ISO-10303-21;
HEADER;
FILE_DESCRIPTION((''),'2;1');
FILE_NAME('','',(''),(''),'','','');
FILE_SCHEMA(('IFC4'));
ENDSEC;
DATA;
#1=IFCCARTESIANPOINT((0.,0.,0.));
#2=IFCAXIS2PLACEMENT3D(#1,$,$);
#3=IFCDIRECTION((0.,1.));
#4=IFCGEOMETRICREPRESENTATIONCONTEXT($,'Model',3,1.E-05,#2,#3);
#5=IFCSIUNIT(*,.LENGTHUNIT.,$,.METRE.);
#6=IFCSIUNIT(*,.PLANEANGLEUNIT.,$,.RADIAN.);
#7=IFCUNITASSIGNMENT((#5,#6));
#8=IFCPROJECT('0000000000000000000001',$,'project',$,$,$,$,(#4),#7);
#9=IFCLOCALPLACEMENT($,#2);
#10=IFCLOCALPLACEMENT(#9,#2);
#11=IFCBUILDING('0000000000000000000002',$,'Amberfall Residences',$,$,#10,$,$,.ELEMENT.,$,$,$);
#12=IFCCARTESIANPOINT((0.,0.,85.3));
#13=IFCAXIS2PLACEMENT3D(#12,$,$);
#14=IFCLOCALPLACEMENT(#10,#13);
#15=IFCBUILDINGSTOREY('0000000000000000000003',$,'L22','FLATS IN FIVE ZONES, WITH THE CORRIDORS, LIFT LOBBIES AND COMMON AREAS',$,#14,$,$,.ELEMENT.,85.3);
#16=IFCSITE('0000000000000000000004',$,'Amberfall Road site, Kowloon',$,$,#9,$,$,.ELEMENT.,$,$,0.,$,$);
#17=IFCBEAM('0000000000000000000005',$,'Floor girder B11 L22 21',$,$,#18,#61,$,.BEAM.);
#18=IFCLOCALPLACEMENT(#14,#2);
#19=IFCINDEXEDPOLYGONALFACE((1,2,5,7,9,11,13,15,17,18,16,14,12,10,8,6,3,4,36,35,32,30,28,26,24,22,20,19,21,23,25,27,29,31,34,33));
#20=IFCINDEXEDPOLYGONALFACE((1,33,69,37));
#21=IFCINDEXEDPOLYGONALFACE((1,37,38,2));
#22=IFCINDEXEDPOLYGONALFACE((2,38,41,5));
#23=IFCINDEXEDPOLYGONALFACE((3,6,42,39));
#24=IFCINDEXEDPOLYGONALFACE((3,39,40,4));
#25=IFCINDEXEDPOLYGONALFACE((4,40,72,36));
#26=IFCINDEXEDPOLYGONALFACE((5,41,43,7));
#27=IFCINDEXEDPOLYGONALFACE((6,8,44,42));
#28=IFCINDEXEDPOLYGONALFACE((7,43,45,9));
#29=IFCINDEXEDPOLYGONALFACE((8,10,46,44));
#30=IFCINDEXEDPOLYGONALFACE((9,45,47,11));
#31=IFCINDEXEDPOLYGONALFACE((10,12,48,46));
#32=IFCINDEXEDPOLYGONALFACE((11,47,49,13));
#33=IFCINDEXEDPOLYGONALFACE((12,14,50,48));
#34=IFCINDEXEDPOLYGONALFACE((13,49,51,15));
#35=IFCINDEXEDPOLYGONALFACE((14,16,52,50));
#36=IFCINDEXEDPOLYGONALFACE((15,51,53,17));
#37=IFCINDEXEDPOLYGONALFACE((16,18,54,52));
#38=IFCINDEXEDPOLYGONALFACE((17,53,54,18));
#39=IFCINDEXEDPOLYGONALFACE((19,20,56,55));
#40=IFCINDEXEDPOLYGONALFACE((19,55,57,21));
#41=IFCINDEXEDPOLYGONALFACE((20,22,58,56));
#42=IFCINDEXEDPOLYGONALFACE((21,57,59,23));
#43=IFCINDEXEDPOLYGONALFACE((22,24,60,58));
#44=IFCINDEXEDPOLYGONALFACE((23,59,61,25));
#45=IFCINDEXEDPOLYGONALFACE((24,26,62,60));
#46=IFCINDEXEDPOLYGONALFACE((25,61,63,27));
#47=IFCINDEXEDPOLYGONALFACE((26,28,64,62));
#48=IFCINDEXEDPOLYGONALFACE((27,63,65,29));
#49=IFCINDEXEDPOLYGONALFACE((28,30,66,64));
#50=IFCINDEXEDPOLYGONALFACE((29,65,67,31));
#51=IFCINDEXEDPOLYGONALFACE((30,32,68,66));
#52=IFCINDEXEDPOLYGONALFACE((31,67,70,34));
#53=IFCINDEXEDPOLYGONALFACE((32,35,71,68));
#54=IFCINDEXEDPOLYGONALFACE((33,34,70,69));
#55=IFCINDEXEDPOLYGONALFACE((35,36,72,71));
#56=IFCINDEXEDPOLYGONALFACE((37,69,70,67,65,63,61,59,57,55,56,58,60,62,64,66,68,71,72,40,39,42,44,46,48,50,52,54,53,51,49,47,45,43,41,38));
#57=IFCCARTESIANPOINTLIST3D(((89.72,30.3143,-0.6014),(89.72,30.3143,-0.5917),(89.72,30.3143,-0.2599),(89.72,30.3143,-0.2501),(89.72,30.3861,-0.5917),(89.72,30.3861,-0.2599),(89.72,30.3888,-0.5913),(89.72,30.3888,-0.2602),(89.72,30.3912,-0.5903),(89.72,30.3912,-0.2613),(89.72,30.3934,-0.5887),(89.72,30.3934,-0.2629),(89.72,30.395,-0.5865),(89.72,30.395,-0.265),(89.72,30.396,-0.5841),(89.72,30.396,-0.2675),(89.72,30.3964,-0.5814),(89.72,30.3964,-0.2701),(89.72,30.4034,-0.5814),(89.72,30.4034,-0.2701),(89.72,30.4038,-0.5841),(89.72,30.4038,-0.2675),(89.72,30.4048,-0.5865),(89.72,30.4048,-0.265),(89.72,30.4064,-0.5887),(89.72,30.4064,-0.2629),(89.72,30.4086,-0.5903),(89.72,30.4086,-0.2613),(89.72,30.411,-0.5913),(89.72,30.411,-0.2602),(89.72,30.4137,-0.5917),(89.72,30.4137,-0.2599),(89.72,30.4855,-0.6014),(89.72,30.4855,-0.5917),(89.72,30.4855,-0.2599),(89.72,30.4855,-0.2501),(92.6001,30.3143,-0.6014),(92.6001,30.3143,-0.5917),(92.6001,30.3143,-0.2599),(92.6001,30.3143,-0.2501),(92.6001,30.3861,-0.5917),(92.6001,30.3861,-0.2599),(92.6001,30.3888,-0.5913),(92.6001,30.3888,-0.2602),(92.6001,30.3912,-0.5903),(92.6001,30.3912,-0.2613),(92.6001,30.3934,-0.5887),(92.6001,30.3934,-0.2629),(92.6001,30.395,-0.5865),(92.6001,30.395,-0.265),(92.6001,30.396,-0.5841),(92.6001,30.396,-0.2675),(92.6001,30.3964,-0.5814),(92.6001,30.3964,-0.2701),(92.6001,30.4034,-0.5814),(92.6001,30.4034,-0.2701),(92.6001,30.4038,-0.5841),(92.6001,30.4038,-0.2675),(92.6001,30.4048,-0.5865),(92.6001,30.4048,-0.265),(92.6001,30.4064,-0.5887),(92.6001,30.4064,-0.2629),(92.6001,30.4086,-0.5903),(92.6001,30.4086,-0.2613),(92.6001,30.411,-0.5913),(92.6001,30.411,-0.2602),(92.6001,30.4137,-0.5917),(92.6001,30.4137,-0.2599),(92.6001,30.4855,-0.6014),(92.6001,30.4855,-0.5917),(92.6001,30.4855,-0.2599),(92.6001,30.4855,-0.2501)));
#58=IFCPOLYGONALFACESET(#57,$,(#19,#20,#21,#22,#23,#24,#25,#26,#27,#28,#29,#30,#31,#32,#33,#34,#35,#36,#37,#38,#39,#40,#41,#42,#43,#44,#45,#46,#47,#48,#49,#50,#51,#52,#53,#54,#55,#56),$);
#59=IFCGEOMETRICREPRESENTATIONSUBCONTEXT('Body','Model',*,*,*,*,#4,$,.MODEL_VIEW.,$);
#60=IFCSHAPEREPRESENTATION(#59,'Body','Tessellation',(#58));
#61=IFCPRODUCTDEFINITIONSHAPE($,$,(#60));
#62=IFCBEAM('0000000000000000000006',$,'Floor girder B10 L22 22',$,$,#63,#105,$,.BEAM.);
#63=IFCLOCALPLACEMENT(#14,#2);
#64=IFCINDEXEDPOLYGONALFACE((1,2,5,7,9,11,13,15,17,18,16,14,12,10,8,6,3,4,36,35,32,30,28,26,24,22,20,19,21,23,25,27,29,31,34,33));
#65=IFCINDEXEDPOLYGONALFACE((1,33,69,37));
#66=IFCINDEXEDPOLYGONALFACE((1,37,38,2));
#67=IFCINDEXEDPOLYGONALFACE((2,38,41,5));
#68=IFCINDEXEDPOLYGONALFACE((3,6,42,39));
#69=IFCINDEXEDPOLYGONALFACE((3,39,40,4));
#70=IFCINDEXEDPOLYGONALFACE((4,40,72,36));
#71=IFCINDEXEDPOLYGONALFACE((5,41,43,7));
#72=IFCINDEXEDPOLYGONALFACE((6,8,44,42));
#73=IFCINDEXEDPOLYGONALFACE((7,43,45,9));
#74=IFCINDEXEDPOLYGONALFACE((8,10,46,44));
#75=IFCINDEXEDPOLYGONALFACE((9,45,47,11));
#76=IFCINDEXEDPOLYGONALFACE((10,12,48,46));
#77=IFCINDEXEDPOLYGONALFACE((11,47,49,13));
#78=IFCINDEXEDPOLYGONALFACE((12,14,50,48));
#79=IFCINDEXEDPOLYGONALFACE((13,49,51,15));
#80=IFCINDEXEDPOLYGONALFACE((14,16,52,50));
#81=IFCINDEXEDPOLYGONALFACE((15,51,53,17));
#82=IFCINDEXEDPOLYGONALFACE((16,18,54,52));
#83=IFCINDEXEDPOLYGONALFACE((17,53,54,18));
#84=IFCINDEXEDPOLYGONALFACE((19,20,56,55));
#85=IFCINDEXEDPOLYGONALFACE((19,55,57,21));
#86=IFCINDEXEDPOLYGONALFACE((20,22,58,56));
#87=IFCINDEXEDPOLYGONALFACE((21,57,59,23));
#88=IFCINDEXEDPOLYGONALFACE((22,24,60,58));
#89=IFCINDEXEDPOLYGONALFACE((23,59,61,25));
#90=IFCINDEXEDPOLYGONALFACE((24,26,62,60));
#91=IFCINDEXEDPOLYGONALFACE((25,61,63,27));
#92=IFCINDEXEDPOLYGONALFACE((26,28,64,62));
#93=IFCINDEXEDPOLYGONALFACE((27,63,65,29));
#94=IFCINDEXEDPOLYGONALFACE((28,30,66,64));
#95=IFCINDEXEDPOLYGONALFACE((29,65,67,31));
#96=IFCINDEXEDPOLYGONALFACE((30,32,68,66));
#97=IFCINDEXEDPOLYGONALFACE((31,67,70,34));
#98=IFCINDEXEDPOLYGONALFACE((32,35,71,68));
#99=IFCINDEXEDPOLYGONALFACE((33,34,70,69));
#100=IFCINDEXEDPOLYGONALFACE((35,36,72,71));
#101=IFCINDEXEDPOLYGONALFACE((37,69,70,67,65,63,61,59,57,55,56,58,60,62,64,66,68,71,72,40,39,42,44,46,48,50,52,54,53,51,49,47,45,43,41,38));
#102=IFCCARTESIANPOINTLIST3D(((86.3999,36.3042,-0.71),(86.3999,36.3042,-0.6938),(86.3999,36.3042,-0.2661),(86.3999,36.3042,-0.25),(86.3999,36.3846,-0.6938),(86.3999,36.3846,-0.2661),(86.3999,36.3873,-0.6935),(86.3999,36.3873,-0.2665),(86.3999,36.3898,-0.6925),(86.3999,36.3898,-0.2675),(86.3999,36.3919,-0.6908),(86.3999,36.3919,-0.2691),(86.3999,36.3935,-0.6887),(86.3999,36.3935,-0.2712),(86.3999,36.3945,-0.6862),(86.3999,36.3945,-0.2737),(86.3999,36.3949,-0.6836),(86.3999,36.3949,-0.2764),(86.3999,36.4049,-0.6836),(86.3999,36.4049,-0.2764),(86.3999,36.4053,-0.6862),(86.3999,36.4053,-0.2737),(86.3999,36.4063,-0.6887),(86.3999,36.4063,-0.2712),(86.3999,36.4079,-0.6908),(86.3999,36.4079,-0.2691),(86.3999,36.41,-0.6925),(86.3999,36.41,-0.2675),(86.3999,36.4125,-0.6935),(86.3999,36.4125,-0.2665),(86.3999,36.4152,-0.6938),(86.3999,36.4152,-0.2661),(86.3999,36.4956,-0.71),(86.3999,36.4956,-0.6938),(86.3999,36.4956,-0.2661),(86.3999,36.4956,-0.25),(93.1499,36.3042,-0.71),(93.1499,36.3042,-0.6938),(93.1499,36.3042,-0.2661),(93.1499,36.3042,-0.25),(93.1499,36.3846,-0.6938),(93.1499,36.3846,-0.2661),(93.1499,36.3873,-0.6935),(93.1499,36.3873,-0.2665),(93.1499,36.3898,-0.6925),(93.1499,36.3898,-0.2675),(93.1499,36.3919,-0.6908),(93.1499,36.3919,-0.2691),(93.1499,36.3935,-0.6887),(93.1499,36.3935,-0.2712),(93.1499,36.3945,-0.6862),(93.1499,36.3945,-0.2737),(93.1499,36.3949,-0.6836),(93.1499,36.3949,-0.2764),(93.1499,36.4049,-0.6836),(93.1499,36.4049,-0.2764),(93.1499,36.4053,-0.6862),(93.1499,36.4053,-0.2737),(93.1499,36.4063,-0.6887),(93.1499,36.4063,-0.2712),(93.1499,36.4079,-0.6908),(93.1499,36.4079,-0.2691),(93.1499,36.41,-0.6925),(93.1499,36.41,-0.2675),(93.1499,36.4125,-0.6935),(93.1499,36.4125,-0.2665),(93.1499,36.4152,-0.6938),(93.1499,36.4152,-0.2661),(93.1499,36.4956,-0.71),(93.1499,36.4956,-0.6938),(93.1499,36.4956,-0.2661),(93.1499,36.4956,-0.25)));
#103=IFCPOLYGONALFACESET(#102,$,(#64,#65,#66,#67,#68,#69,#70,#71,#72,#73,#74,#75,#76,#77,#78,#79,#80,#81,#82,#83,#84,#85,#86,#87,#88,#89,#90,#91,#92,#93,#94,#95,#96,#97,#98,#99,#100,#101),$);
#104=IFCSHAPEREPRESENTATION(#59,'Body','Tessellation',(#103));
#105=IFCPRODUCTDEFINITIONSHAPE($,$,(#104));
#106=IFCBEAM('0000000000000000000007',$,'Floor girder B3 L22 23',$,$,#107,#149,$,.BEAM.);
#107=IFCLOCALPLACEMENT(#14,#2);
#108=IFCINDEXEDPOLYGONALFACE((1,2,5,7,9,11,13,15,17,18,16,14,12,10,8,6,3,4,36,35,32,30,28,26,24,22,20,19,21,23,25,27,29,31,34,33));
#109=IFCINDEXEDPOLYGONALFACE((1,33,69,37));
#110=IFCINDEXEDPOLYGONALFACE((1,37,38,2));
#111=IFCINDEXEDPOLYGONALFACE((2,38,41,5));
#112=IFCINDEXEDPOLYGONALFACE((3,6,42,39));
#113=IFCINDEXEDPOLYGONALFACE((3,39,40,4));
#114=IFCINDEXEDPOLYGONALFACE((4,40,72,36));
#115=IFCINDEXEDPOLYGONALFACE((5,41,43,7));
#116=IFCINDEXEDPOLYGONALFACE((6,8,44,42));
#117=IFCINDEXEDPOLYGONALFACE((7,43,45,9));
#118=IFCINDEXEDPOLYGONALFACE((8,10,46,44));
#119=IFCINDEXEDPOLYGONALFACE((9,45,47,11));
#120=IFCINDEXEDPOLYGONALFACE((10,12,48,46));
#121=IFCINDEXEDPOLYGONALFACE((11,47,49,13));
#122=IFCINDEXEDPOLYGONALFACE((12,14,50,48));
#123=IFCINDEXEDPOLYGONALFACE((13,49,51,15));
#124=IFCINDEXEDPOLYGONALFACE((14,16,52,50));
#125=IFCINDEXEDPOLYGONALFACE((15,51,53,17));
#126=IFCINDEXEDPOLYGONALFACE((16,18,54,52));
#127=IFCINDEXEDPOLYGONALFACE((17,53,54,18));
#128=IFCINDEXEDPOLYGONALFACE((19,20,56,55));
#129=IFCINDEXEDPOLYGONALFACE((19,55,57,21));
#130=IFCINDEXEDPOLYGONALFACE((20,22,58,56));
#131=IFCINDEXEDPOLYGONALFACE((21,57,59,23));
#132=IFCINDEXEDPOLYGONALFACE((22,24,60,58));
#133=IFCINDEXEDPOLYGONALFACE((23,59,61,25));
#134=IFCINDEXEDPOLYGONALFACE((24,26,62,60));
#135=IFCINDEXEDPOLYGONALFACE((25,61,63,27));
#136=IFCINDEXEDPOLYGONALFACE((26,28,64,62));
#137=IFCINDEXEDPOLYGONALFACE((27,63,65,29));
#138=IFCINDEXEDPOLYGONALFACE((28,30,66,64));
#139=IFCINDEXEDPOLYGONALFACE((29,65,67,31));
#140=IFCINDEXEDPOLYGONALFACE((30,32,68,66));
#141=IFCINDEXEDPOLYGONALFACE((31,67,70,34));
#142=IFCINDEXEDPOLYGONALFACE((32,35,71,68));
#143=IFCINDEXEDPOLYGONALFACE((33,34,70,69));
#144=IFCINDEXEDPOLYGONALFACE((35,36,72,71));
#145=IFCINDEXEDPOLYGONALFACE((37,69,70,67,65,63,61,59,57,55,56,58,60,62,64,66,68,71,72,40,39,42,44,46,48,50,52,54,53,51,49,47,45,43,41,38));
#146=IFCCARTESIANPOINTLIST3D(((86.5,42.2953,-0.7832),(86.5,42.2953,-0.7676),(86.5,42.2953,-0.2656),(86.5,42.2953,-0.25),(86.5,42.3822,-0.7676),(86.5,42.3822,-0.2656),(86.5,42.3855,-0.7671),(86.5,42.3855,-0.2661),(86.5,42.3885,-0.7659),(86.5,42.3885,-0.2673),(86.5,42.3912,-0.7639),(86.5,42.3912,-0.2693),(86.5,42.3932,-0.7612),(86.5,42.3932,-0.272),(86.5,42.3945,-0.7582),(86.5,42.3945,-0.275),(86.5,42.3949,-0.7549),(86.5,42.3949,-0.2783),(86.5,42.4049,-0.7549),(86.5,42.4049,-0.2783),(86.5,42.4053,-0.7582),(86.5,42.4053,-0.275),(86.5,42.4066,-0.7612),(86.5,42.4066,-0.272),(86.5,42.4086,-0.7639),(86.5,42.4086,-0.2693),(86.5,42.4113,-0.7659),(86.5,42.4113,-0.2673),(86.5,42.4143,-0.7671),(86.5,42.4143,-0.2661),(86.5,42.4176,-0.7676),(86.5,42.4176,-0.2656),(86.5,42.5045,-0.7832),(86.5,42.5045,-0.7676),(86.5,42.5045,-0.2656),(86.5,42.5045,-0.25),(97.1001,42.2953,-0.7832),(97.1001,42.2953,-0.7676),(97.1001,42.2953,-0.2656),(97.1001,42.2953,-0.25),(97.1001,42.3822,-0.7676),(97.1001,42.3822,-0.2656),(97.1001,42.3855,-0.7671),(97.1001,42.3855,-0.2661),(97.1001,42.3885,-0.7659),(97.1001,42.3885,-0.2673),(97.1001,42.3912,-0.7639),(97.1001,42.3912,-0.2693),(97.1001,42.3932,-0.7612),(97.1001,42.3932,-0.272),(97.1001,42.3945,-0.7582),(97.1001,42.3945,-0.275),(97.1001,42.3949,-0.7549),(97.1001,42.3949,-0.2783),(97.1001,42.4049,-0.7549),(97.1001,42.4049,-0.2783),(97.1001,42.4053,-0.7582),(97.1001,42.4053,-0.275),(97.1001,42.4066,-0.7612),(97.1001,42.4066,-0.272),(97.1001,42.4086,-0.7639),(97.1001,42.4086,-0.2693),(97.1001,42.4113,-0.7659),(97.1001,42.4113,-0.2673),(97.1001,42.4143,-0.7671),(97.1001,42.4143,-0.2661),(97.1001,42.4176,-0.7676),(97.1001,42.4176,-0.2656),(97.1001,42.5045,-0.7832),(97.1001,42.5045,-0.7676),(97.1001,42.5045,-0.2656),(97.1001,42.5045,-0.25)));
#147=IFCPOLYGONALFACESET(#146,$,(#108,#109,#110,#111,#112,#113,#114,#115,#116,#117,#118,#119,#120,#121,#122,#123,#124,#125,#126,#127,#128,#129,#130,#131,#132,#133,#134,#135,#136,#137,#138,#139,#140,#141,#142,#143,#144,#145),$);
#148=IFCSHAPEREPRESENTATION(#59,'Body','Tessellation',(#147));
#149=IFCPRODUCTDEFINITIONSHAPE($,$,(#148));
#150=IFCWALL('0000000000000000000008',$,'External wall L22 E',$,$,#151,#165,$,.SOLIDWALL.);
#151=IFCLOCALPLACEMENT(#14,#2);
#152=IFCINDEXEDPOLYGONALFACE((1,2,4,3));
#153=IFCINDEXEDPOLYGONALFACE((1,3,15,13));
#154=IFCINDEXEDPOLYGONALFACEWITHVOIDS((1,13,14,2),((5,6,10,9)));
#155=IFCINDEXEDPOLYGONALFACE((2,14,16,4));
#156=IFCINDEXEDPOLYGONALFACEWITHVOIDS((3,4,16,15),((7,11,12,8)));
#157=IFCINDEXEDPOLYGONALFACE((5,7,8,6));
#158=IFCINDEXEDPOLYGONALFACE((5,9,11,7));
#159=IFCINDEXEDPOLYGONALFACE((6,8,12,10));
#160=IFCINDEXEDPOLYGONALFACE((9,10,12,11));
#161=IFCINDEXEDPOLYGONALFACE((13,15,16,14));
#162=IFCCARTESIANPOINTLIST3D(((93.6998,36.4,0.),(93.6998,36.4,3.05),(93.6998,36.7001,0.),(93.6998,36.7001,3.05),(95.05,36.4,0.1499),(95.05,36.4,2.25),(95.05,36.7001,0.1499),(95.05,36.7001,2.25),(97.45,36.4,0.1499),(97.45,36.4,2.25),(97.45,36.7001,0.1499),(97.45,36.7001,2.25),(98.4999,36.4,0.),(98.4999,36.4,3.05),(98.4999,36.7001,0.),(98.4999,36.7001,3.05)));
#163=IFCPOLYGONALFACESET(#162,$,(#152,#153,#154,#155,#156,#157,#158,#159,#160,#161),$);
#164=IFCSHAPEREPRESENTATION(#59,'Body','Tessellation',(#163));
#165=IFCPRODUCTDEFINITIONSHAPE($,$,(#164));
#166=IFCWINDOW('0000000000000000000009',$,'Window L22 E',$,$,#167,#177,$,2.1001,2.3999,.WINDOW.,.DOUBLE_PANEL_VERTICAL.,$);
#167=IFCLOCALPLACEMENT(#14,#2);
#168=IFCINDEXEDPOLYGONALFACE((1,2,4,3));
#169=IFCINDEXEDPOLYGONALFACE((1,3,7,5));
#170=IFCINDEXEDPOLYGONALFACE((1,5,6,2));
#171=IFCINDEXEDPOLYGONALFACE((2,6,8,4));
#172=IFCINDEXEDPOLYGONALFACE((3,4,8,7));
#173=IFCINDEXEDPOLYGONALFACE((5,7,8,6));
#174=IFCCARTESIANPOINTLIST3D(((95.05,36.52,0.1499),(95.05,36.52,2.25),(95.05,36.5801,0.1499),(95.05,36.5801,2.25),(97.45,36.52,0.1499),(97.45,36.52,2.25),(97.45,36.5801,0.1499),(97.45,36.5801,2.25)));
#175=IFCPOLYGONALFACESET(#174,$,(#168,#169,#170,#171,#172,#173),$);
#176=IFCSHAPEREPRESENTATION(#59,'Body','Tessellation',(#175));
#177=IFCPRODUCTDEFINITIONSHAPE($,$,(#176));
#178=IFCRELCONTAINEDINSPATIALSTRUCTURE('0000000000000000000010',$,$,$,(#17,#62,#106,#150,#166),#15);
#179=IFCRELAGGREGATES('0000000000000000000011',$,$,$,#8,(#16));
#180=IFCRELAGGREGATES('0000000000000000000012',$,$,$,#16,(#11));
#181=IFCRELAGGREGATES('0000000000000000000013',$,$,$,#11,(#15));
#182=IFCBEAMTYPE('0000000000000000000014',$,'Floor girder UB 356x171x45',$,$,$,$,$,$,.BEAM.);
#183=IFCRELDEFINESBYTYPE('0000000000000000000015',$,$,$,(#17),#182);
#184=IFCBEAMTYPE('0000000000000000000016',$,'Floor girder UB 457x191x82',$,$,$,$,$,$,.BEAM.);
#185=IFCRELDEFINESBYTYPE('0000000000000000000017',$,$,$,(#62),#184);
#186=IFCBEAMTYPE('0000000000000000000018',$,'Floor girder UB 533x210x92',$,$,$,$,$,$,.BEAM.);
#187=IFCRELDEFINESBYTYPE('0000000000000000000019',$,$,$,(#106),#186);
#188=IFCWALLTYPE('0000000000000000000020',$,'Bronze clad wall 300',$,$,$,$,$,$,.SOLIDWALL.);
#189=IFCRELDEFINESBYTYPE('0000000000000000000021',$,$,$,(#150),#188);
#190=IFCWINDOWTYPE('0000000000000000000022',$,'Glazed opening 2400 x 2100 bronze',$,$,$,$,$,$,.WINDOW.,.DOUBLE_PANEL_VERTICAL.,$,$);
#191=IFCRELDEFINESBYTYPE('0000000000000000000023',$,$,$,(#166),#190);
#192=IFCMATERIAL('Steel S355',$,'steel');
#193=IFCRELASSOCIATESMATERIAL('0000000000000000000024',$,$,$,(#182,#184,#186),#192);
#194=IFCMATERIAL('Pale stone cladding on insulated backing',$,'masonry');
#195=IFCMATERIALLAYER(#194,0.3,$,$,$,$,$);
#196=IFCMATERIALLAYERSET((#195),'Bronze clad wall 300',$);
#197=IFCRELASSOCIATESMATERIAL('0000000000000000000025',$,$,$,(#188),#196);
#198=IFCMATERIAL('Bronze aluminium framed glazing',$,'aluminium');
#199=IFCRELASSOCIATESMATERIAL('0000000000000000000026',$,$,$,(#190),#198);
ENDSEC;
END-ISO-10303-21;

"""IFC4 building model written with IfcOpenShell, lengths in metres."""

from ifc_helpers import new_model, si_unit, direction, frame, frame_2d, origin, origin_2d, place, context, subcontext, project, spatial, rectangle, i_section, extrude, material, layer, layer_set, material_profile, profile_set, type_object, element, fill, save


model = new_model("IFC4")

# Units and contexts
model_context = context("Model", 3, precision=1e-05, world=origin(), true_north=direction((0.0, 1.0)))
body_context = subcontext(model_context, "Body", "Model", "MODEL_VIEW")
ifc_project = project(units=[si_unit("LENGTHUNIT", "METRE"), si_unit("PLANEANGLEUNIT", "RADIAN")], contexts=[model_context])

# Site, building, storey
site_placement = place(None, origin())
site = spatial("IfcSite", under=ifc_project, at=site_placement, Name="Amberfall Road site, Kowloon", CompositionType="ELEMENT", RefElevation=0.0)
building_placement = place(site_placement, origin())
building = spatial("IfcBuilding", under=site, at=building_placement, Name="Amberfall Residences", CompositionType="ELEMENT")
storey_placement = place(building_placement, frame((0.0, 0.0, 85.3)))
storey = spatial("IfcBuildingStorey", under=building, at=storey_placement, Name="L22", Description="FLATS IN FIVE ZONES, WITH THE CORRIDORS, LIFT LOBBIES AND COMMON AREAS", CompositionType="ELEMENT", Elevation=85.3)

# Beams
ifc_material_1 = material(Name="Steel S355", Category="steel")
ifc_material_profile_1 = material_profile(ifc_material_1, i_section(OverallWidth=0.1711, OverallDepth=0.3513, WebThickness=0.0071, FlangeThickness=0.0098, FilletRadius=0.0103, at=origin_2d()), Name="UB 356x171x45")
ifc_profile_set_1 = profile_set([ifc_material_profile_1], Name="Steel S355")
beam_type_1 = type_object("IfcBeamType", Name="Floor girder UB 356x171x45", PredefinedType="BEAM", material=ifc_profile_set_1)
beam_1_placement = place(storey_placement, frame((92.6001, 30.3999, -0.4258), z_axis=(-1.0, 0.0, 0.0), x_axis=(0.0, -1.0, 0.0)))
element("IfcBeam", 1, at=beam_1_placement, inside=storey, type_object=beam_type_1, Name="Floor girder B11 L22 21", PredefinedType="BEAM", context=body_context, shape_type="SweptSolid", body=[
    extrude(i_section(OverallWidth=0.1711, OverallDepth=0.3513, WebThickness=0.0071, FlangeThickness=0.0098, FilletRadius=0.0103, at=origin_2d()), origin(), (0.0, 0.0, 1.0), 2.8801),
])
ifc_material_profile_2 = material_profile(ifc_material_1, i_section(OverallWidth=0.1914, OverallDepth=0.46, WebThickness=0.01, FlangeThickness=0.0161, FilletRadius=0.0103, at=origin_2d()), Name="UB 457x191x82")
ifc_profile_set_2 = profile_set([ifc_material_profile_2], Name="Steel S355")
beam_type_2 = type_object("IfcBeamType", Name="Floor girder UB 457x191x82", PredefinedType="BEAM", material=ifc_profile_set_2)
beam_2_placement = place(storey_placement, frame((93.1499, 36.3999, -0.48), z_axis=(-1.0, 0.0, 0.0), x_axis=(0.0, -1.0, 0.0)))
element("IfcBeam", 2, at=beam_2_placement, inside=storey, type_object=beam_type_2, Name="Floor girder B10 L22 22", PredefinedType="BEAM", context=body_context, shape_type="SweptSolid", body=[
    extrude(i_section(OverallWidth=0.1914, OverallDepth=0.46, WebThickness=0.01, FlangeThickness=0.0161, FilletRadius=0.0103, at=origin_2d()), origin(), (0.0, 0.0, 1.0), 6.75),
])
ifc_material_profile_3 = material_profile(ifc_material_1, i_section(OverallWidth=0.2092, OverallDepth=0.5332, WebThickness=0.01, FlangeThickness=0.0156, FilletRadius=0.0127, at=origin_2d()), Name="UB 533x210x92")
ifc_profile_set_3 = profile_set([ifc_material_profile_3], Name="Steel S355")
beam_type_3 = type_object("IfcBeamType", Name="Floor girder UB 533x210x92", PredefinedType="BEAM", material=ifc_profile_set_3)
beam_3_placement = place(storey_placement, frame((97.1001, 42.3999, -0.5166), z_axis=(-1.0, 0.0, 0.0), x_axis=(0.0, -1.0, 0.0)))
element("IfcBeam", 3, at=beam_3_placement, inside=storey, type_object=beam_type_3, Name="Floor girder B3 L22 23", PredefinedType="BEAM", context=body_context, shape_type="SweptSolid", body=[
    extrude(i_section(OverallWidth=0.2092, OverallDepth=0.5332, WebThickness=0.01, FlangeThickness=0.0156, FilletRadius=0.0127, at=origin_2d()), origin(), (0.0, 0.0, 1.0), 10.6001),
])

# Wall, opening, window
ifc_material_2 = material(Name="Pale stone cladding on insulated backing", Category="masonry")
ifc_layer_1 = layer(ifc_material_2, 0.3)
ifc_layer_set_1 = layer_set([ifc_layer_1], Name="Bronze clad wall 300")
wall_type_1 = type_object("IfcWallType", Name="Bronze clad wall 300", PredefinedType="SOLIDWALL", material=ifc_layer_set_1)
wall_1_placement = place(storey_placement, frame((93.7, 36.55, 0.0), z_axis=(0.0, 0.0, 1.0), x_axis=(1.0, 0.0, 0.0)))
wall_1 = element("IfcWall", 4, at=wall_1_placement, inside=storey, type_object=wall_type_1, Name="External wall L22 E", PredefinedType="SOLIDWALL", context=body_context, shape_type="SweptSolid", body=[
    extrude(rectangle(XDim=4.8, YDim=0.3, at=frame_2d((2.3999, 0.0))), origin(), (0.0, 0.0, 1.0), 3.05),
])
opening_1_placement = place(wall_1_placement, frame((1.3501, 0.0, 0.1499)))
opening_1 = element("IfcOpeningElement", 5, at=opening_1_placement, cuts=wall_1, PredefinedType="OPENING", context=body_context, shape_type="SweptSolid", body=[
    extrude(rectangle(XDim=2.3999, YDim=2.1001, at=frame_2d((1.2, 1.05))), frame((0.0, 0.1599, 0.0), z_axis=(0.0, -1.0, 0.0), x_axis=(1.0, 0.0, 0.0)), (0.0, 0.0, 1.0), 0.3201),
])
ifc_material_3 = material(Name="Bronze aluminium framed glazing", Category="aluminium")
window_type_1 = type_object("IfcWindowType", Name="Glazed opening 2400 x 2100 bronze", PartitioningType="DOUBLE_PANEL_VERTICAL", PredefinedType="WINDOW", material=ifc_material_3)
window_1_placement = place(opening_1_placement, origin())
window_1 = element("IfcWindow", 6, at=window_1_placement, inside=storey, type_object=window_type_1, Name="Window L22 E", OverallHeight=2.1001, OverallWidth=2.3999, PartitioningType="DOUBLE_PANEL_VERTICAL", PredefinedType="WINDOW", context=body_context, shape_type="SweptSolid", body=[
    extrude(rectangle(XDim=2.3999, YDim=2.1001, at=frame_2d((1.2, 1.05))), frame((0.0, 0.03, 0.0), z_axis=(0.0, -1.0, 0.0), x_axis=(1.0, 0.0, 0.0)), (0.0, 0.0, 1.0), 0.0601),
])
fill(opening_1, window_1)

save(model, "model.ifc")
